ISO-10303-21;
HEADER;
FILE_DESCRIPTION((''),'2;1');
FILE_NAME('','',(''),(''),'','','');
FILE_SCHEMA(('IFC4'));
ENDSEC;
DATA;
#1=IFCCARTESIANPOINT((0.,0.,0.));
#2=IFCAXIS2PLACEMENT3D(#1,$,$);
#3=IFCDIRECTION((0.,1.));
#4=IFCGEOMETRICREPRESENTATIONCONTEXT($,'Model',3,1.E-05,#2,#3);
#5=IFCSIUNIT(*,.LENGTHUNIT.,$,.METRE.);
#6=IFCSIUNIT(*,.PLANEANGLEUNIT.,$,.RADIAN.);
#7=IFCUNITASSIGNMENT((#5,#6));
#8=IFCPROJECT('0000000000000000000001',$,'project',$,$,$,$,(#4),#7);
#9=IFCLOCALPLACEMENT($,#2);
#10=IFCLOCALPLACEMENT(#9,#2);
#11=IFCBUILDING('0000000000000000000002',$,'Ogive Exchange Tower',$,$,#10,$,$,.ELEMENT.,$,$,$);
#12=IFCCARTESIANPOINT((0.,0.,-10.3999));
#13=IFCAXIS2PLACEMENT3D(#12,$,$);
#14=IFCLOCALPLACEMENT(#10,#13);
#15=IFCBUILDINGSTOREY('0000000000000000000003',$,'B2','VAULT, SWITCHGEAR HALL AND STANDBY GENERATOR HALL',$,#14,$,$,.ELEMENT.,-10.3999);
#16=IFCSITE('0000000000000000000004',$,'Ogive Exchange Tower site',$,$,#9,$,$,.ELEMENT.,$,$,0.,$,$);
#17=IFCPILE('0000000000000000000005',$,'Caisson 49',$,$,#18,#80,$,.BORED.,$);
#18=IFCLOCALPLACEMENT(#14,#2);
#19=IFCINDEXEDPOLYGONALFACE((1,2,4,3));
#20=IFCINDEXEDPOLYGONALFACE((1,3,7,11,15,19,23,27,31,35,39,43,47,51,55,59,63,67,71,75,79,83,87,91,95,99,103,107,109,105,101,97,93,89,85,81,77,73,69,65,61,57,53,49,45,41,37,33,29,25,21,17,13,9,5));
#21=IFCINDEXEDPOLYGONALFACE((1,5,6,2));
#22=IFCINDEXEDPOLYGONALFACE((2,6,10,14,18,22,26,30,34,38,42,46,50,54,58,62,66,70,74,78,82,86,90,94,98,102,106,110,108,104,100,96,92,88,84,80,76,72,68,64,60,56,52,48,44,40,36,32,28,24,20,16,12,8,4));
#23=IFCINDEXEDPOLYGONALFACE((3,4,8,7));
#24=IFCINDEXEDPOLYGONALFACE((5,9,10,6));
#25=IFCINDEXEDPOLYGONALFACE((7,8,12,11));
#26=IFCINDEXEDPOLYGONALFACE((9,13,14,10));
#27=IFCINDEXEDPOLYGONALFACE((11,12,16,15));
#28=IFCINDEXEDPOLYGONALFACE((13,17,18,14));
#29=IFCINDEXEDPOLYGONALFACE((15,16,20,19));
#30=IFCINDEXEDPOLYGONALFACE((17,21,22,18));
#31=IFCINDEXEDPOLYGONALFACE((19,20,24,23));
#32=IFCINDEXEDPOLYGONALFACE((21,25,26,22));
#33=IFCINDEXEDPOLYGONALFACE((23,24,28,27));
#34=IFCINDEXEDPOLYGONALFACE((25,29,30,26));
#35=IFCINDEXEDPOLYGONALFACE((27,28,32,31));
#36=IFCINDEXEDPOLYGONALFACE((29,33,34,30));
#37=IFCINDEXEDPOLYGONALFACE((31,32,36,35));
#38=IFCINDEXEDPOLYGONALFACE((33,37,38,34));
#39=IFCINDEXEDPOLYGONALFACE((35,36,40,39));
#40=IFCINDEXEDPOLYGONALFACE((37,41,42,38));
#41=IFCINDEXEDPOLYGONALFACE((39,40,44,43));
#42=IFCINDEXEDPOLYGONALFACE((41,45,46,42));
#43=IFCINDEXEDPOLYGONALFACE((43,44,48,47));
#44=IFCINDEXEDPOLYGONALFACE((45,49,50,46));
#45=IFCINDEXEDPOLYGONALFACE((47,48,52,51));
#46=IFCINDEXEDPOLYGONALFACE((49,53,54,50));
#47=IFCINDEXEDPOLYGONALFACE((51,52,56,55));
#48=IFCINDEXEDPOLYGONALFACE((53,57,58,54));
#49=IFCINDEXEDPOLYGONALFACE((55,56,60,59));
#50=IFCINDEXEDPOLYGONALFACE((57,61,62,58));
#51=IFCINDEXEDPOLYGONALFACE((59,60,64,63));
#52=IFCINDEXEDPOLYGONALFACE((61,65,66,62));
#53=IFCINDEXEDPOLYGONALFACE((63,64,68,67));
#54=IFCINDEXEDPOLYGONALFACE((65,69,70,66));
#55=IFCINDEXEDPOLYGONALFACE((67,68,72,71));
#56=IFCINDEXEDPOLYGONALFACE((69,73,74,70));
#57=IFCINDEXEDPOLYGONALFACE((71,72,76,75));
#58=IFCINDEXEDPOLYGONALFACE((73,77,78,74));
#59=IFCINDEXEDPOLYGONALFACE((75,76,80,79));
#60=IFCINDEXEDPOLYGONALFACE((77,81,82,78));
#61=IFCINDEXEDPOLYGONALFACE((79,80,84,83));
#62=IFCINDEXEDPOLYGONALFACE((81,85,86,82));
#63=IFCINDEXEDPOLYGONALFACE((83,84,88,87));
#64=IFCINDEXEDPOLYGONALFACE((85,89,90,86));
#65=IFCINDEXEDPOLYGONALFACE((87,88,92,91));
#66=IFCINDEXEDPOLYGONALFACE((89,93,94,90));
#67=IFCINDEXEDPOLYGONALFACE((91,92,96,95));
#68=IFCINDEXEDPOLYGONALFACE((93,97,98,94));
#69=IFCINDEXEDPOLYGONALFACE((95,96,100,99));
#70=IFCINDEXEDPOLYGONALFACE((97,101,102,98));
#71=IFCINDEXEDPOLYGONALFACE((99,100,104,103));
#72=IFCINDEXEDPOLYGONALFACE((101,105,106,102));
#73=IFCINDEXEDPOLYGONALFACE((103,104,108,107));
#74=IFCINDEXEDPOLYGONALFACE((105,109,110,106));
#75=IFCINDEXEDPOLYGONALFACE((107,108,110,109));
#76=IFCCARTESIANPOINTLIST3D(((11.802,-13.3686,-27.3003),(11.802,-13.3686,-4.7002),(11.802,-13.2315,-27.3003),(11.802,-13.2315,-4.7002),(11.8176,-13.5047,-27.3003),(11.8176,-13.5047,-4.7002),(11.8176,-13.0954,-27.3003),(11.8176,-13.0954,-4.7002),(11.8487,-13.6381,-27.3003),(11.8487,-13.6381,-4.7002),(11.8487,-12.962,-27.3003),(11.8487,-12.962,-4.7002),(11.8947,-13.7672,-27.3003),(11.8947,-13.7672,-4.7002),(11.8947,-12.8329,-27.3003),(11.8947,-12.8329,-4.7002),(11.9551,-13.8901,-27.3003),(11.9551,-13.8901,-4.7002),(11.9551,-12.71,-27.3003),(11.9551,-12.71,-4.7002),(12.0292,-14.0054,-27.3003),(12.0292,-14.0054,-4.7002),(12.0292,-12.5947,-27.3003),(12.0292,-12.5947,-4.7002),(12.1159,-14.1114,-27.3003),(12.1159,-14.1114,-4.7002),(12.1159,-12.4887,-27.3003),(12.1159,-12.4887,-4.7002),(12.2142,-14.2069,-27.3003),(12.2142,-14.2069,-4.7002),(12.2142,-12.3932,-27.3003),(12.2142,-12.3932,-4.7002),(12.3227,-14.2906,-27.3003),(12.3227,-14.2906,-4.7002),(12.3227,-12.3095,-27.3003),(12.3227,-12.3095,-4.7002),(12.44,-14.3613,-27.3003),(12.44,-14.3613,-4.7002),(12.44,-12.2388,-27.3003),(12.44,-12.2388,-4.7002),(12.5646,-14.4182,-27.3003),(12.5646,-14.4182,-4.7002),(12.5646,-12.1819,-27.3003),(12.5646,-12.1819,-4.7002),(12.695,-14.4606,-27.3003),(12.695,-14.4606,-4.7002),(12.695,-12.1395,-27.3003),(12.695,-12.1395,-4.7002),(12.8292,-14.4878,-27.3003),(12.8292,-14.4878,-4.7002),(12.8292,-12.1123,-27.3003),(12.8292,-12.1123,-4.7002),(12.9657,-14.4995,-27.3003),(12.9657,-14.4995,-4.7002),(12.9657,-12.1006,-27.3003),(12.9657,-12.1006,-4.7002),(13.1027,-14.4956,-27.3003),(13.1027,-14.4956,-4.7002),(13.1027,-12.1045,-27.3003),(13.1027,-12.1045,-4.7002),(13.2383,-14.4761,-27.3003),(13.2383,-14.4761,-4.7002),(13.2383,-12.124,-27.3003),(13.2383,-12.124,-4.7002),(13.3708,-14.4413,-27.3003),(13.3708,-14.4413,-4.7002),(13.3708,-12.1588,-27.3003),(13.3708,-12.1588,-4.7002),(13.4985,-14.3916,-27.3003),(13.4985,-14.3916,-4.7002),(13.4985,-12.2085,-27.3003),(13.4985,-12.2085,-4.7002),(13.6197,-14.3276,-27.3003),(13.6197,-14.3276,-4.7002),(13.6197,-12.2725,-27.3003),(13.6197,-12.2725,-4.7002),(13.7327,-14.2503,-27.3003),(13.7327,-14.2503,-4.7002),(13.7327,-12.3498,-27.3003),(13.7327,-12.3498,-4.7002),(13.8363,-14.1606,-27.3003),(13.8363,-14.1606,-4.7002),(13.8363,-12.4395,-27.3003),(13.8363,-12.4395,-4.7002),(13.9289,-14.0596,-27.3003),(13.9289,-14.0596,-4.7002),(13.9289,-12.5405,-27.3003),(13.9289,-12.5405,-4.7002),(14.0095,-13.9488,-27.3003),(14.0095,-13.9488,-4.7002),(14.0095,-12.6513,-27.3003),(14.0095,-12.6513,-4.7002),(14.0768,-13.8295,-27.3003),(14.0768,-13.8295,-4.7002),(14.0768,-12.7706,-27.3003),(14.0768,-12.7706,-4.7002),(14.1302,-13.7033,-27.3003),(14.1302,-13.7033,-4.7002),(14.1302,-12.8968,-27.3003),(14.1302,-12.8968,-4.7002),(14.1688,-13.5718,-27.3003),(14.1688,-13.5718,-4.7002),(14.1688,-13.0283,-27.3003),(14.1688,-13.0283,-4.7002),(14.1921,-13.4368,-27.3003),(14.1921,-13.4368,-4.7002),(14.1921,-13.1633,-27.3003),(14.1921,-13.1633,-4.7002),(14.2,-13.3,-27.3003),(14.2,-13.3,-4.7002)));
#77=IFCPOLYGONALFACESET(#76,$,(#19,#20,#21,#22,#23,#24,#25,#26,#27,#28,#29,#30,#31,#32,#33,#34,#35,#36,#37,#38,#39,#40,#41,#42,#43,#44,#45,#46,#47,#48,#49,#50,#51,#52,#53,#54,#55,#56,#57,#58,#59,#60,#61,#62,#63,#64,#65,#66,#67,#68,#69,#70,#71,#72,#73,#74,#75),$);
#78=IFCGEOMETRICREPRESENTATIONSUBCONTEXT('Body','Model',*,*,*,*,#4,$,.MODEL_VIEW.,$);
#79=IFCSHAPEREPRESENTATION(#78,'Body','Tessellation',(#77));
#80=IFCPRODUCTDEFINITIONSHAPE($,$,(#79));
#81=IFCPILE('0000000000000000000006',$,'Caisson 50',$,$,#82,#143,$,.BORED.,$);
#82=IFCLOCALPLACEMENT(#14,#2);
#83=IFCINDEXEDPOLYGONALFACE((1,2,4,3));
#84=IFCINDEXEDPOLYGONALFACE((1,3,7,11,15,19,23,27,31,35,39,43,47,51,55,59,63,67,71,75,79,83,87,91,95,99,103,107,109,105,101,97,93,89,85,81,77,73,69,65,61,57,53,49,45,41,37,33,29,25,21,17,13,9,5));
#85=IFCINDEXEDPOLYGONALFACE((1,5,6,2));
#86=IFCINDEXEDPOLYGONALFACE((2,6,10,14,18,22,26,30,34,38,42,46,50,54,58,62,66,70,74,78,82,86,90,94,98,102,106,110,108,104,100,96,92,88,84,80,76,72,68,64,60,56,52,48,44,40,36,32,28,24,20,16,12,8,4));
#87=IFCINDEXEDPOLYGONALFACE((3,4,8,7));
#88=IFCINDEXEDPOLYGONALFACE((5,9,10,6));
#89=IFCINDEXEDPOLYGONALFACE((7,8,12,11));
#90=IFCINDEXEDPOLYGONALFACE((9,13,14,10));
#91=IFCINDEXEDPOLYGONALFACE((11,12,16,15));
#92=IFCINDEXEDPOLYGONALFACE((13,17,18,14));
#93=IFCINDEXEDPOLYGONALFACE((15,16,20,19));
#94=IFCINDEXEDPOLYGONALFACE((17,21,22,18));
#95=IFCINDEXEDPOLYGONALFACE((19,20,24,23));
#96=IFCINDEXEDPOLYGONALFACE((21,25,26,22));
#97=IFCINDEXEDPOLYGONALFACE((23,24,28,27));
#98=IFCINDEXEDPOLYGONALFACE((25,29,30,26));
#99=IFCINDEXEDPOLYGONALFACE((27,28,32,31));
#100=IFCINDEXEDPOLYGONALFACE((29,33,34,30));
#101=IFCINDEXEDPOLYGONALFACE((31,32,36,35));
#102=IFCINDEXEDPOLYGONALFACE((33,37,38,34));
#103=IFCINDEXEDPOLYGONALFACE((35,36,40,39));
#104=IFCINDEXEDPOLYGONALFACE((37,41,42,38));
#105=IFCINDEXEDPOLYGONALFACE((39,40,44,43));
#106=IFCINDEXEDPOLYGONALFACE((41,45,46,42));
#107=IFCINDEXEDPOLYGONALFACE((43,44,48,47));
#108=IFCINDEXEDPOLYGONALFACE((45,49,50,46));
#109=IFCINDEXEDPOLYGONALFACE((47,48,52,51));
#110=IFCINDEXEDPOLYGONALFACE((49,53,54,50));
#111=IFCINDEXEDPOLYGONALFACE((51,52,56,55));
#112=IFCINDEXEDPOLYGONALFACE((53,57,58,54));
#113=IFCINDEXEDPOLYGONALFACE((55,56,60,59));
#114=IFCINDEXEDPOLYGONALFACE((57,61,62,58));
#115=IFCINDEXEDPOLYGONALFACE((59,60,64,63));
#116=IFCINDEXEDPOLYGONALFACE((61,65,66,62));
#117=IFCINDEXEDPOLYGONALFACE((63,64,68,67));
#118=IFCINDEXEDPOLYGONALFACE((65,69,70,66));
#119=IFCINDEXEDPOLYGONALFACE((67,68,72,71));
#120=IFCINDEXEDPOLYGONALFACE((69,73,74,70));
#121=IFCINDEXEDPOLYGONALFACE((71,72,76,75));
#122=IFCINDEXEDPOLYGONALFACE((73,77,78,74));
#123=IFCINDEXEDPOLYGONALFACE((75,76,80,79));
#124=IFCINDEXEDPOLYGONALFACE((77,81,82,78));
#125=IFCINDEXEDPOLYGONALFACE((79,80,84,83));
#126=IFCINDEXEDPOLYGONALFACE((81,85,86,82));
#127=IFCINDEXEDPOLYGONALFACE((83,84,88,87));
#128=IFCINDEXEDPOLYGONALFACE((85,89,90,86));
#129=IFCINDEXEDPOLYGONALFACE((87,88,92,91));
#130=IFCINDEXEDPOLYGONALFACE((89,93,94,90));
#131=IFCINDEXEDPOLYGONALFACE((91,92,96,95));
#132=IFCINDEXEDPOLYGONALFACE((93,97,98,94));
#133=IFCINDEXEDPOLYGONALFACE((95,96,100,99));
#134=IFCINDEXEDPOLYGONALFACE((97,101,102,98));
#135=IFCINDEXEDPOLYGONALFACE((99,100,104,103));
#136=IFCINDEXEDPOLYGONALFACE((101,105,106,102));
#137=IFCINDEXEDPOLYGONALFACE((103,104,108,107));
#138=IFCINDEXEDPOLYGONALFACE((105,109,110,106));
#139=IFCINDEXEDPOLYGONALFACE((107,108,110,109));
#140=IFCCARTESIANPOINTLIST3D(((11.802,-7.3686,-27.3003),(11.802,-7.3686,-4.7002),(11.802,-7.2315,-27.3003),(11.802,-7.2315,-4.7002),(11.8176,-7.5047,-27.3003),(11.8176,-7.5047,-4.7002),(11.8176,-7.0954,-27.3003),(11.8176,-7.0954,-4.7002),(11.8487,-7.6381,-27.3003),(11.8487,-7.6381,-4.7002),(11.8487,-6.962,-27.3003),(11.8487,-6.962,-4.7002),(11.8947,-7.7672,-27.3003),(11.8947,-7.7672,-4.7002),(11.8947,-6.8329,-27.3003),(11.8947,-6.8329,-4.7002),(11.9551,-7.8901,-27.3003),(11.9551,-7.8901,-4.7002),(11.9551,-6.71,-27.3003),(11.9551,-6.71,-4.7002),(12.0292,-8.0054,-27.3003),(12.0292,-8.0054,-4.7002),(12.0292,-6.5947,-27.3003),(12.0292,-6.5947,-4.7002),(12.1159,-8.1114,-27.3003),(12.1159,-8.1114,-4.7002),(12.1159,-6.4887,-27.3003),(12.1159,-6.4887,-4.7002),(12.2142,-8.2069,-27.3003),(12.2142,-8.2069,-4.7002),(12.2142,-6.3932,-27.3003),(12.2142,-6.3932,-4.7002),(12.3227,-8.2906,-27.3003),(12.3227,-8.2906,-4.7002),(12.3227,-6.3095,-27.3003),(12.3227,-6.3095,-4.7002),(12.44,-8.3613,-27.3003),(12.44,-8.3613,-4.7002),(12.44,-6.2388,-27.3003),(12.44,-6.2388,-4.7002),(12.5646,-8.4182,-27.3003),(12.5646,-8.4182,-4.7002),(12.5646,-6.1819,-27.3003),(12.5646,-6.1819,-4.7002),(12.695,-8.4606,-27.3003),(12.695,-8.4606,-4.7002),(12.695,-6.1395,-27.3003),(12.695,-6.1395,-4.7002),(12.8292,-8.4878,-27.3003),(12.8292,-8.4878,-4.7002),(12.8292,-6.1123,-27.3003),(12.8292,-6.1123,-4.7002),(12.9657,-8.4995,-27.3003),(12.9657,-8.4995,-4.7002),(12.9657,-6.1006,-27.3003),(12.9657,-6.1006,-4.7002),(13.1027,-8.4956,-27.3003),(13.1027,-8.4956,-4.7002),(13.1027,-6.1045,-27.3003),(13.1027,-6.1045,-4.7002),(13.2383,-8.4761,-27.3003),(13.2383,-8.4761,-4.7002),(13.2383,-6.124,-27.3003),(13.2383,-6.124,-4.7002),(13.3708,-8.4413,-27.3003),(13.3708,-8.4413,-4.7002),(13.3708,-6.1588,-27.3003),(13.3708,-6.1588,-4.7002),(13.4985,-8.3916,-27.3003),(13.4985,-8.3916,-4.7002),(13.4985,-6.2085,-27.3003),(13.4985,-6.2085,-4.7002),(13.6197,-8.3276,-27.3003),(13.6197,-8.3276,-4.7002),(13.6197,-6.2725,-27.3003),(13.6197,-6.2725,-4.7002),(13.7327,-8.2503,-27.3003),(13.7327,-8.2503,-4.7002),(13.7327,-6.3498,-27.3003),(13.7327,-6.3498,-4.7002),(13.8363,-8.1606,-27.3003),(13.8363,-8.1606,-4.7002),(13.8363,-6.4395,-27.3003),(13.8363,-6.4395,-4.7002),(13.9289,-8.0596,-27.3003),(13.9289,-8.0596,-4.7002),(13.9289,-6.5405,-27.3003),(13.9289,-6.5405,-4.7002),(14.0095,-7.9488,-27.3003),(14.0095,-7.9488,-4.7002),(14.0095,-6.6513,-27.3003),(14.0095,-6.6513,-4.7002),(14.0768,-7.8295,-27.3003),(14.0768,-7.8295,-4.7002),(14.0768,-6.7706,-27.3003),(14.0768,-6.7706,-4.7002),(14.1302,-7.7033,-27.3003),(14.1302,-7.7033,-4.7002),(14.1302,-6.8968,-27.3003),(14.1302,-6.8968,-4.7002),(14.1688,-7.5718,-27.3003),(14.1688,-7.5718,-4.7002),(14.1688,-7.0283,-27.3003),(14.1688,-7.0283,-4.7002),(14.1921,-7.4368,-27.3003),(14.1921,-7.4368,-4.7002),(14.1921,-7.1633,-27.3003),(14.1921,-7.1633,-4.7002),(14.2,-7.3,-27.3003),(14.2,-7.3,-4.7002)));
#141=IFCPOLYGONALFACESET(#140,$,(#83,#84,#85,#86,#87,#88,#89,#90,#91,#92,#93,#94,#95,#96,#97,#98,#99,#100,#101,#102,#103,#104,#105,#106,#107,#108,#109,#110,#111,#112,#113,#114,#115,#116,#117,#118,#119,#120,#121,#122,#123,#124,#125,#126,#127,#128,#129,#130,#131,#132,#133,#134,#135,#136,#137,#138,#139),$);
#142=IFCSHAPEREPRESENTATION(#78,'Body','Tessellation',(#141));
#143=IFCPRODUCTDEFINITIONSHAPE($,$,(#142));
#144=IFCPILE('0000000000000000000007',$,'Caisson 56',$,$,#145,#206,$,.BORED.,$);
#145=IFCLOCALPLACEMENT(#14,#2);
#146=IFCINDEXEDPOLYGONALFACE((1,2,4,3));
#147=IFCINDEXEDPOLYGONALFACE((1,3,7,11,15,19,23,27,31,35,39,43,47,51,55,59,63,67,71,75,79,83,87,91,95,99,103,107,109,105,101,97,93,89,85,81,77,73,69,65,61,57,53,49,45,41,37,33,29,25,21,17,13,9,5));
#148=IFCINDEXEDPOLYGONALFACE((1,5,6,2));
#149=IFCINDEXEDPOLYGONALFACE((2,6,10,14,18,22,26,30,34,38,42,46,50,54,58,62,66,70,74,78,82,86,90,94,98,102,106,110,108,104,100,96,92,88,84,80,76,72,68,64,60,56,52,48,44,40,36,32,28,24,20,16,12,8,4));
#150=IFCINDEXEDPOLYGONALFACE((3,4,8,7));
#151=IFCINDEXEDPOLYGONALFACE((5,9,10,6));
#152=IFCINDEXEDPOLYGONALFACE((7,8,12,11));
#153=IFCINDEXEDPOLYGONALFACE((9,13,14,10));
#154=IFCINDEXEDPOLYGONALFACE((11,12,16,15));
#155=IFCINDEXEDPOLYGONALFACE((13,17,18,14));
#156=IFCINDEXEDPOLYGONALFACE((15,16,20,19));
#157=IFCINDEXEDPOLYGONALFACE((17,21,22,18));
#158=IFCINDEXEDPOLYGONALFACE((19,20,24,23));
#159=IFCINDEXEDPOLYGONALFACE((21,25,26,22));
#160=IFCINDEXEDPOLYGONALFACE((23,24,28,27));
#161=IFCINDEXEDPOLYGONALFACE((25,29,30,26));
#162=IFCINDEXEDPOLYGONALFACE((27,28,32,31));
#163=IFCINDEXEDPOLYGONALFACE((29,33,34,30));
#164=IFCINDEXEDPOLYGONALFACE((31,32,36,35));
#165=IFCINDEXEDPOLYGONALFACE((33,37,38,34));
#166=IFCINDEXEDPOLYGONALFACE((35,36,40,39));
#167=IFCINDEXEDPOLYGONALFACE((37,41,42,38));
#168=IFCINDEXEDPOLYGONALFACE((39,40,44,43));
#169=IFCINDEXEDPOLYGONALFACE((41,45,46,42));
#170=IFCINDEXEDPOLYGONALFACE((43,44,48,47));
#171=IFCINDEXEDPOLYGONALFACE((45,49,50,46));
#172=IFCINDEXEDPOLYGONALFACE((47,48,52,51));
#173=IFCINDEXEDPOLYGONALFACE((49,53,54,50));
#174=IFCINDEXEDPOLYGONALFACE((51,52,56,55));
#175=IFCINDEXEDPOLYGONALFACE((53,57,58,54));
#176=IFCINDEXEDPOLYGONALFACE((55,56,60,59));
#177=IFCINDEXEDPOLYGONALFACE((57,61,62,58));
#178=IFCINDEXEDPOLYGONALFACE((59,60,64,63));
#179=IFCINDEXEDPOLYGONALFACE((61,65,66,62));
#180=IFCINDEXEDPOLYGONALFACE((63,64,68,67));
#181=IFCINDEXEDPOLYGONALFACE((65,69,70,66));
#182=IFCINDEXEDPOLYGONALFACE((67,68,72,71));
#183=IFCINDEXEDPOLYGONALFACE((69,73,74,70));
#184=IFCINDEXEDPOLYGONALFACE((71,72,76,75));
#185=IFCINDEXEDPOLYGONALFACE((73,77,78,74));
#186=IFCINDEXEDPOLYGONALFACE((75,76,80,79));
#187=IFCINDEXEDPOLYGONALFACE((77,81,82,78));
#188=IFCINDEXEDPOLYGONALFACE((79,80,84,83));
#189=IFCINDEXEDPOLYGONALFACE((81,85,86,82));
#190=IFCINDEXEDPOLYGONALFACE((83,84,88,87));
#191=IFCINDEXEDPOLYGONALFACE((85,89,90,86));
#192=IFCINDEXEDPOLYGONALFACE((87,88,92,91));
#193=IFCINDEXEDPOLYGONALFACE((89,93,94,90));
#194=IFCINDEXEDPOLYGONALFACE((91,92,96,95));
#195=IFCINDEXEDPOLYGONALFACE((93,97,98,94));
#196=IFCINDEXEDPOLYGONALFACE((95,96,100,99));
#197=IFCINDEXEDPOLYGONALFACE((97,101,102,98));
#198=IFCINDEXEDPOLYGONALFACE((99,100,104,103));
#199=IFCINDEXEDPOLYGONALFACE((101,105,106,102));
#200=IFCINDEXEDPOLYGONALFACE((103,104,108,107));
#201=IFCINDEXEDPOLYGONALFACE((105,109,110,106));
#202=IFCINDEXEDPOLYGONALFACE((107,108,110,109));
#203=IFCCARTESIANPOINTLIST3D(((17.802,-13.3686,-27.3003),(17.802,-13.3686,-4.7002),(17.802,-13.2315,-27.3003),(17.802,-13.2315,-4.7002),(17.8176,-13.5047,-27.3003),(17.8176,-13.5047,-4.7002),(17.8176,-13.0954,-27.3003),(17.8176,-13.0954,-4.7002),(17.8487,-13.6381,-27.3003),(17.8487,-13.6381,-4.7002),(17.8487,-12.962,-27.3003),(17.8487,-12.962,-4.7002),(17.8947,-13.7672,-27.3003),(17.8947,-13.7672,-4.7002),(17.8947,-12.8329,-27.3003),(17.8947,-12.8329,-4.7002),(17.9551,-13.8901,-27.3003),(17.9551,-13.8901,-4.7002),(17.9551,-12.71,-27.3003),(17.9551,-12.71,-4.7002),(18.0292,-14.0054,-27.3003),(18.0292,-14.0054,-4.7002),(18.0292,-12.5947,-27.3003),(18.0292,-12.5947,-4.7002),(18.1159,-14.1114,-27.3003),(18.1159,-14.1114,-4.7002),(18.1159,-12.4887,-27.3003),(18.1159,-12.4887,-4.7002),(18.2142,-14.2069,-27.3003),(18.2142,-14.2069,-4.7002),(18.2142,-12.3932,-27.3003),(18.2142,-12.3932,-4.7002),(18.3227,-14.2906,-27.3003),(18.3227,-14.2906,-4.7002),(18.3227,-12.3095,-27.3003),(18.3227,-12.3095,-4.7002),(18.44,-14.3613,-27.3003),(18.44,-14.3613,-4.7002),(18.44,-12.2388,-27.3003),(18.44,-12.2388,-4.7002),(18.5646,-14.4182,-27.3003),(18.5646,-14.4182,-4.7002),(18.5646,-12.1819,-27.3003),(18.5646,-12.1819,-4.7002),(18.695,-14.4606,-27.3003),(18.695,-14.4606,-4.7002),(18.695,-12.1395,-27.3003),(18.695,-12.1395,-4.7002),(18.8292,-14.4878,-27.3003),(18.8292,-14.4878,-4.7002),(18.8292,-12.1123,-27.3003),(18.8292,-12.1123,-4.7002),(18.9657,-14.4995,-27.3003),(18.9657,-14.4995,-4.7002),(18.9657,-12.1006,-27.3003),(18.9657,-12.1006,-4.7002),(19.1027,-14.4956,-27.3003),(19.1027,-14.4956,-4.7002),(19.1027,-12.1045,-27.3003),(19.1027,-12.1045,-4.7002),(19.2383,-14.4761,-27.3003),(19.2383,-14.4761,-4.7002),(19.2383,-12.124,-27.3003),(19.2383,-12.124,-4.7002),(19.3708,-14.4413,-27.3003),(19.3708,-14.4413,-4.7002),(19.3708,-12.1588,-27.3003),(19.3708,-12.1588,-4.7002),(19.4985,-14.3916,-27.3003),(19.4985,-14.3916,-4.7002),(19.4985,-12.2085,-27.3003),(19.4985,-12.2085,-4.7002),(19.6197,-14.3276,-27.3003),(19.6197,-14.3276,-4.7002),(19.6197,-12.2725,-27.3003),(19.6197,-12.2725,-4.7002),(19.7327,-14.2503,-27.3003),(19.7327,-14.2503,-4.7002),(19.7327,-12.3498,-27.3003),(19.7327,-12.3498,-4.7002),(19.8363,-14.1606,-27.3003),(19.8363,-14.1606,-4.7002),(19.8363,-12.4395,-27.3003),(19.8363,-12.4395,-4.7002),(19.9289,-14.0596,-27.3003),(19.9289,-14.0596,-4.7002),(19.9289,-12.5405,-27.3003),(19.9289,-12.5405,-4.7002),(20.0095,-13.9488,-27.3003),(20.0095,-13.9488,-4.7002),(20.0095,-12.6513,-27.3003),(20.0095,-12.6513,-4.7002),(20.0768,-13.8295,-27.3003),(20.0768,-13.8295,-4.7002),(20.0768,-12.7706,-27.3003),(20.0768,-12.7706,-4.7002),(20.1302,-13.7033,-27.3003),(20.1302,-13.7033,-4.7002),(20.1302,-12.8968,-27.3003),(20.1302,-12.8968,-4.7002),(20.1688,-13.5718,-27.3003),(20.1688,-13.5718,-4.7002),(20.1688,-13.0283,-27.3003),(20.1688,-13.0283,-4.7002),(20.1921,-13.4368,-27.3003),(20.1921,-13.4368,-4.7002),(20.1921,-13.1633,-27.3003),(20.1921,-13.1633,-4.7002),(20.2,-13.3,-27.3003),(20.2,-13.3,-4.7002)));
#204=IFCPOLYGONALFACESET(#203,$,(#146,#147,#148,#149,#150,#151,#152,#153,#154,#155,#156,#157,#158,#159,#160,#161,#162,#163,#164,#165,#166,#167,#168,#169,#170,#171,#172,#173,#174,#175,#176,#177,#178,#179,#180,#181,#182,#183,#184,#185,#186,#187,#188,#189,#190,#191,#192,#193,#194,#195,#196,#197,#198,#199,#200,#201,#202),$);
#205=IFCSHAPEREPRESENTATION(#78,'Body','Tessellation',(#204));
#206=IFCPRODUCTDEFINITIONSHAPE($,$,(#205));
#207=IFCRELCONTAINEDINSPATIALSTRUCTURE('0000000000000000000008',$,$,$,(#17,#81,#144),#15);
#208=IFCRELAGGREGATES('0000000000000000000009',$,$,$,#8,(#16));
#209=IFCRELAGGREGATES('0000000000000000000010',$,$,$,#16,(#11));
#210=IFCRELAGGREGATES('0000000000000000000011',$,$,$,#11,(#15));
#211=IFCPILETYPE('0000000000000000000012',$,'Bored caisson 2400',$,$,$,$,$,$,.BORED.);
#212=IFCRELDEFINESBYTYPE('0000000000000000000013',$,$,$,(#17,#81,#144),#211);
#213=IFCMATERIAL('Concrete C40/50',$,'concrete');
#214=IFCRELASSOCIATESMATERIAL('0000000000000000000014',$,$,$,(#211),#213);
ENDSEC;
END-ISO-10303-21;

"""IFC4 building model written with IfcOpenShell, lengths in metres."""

from ifc_helpers import new_model, si_unit, direction, frame, origin, origin_2d, place, context, subcontext, project, spatial, circle, extrude, material, material_profile, profile_set, type_object, element, save


model = new_model("IFC4")

# Units and contexts
model_context = context("Model", 3, precision=1e-05, world=origin(), true_north=direction((0.0, 1.0)))
body_context = subcontext(model_context, "Body", "Model", "MODEL_VIEW")
ifc_project = project(units=[si_unit("LENGTHUNIT", "METRE"), si_unit("PLANEANGLEUNIT", "RADIAN")], contexts=[model_context])

# Site, building, storey
site_placement = place(None, origin())
site = spatial("IfcSite", under=ifc_project, at=site_placement, Name="Ogive Exchange Tower site", CompositionType="ELEMENT", RefElevation=0.0)
building_placement = place(site_placement, origin())
building = spatial("IfcBuilding", under=site, at=building_placement, Name="Ogive Exchange Tower", CompositionType="ELEMENT")
storey_placement = place(building_placement, frame((0.0, 0.0, -10.3999)))
storey = spatial("IfcBuildingStorey", under=building, at=storey_placement, Name="B2", Description="VAULT, SWITCHGEAR HALL AND STANDBY GENERATOR HALL", CompositionType="ELEMENT", Elevation=-10.3999)

# Piles
ifc_material_1 = material(Name="Concrete C40/50", Category="concrete")
ifc_material_profile = material_profile(ifc_material_1, circle(Radius=1.2, at=origin_2d()), Name="RC caisson 2400")
ifc_profile_set = profile_set([ifc_material_profile], Name="Concrete C40/50")
pile_type = type_object("IfcPileType", Name="Bored caisson 2400", PredefinedType="BORED", material=ifc_profile_set)
for number, where, z_axis, x_axis, name in (
    (1, (13.0, -13.3, -4.7002), (0.0, 0.0, -1.0), (1.0, 0.0, 0.0), "Caisson 49"),
    (2, (13.0, -7.3, -4.7002), (0.0, 0.0, -1.0), (1.0, 0.0, 0.0), "Caisson 50"),
    (3, (19.0, -13.3, -4.7002), (0.0, 0.0, -1.0), (1.0, 0.0, 0.0), "Caisson 56"),
):
    element("IfcPile", number, at=place(storey_placement, frame(where, z_axis=z_axis, x_axis=x_axis)), inside=storey, type_object=pile_type, Name=name, PredefinedType="BORED", context=body_context, shape_type="SweptSolid", body=[
        extrude(circle(Radius=1.2, at=origin_2d()), origin(), (0.0, 0.0, 1.0), 22.6001),
    ])

save(model, "model.ifc")
